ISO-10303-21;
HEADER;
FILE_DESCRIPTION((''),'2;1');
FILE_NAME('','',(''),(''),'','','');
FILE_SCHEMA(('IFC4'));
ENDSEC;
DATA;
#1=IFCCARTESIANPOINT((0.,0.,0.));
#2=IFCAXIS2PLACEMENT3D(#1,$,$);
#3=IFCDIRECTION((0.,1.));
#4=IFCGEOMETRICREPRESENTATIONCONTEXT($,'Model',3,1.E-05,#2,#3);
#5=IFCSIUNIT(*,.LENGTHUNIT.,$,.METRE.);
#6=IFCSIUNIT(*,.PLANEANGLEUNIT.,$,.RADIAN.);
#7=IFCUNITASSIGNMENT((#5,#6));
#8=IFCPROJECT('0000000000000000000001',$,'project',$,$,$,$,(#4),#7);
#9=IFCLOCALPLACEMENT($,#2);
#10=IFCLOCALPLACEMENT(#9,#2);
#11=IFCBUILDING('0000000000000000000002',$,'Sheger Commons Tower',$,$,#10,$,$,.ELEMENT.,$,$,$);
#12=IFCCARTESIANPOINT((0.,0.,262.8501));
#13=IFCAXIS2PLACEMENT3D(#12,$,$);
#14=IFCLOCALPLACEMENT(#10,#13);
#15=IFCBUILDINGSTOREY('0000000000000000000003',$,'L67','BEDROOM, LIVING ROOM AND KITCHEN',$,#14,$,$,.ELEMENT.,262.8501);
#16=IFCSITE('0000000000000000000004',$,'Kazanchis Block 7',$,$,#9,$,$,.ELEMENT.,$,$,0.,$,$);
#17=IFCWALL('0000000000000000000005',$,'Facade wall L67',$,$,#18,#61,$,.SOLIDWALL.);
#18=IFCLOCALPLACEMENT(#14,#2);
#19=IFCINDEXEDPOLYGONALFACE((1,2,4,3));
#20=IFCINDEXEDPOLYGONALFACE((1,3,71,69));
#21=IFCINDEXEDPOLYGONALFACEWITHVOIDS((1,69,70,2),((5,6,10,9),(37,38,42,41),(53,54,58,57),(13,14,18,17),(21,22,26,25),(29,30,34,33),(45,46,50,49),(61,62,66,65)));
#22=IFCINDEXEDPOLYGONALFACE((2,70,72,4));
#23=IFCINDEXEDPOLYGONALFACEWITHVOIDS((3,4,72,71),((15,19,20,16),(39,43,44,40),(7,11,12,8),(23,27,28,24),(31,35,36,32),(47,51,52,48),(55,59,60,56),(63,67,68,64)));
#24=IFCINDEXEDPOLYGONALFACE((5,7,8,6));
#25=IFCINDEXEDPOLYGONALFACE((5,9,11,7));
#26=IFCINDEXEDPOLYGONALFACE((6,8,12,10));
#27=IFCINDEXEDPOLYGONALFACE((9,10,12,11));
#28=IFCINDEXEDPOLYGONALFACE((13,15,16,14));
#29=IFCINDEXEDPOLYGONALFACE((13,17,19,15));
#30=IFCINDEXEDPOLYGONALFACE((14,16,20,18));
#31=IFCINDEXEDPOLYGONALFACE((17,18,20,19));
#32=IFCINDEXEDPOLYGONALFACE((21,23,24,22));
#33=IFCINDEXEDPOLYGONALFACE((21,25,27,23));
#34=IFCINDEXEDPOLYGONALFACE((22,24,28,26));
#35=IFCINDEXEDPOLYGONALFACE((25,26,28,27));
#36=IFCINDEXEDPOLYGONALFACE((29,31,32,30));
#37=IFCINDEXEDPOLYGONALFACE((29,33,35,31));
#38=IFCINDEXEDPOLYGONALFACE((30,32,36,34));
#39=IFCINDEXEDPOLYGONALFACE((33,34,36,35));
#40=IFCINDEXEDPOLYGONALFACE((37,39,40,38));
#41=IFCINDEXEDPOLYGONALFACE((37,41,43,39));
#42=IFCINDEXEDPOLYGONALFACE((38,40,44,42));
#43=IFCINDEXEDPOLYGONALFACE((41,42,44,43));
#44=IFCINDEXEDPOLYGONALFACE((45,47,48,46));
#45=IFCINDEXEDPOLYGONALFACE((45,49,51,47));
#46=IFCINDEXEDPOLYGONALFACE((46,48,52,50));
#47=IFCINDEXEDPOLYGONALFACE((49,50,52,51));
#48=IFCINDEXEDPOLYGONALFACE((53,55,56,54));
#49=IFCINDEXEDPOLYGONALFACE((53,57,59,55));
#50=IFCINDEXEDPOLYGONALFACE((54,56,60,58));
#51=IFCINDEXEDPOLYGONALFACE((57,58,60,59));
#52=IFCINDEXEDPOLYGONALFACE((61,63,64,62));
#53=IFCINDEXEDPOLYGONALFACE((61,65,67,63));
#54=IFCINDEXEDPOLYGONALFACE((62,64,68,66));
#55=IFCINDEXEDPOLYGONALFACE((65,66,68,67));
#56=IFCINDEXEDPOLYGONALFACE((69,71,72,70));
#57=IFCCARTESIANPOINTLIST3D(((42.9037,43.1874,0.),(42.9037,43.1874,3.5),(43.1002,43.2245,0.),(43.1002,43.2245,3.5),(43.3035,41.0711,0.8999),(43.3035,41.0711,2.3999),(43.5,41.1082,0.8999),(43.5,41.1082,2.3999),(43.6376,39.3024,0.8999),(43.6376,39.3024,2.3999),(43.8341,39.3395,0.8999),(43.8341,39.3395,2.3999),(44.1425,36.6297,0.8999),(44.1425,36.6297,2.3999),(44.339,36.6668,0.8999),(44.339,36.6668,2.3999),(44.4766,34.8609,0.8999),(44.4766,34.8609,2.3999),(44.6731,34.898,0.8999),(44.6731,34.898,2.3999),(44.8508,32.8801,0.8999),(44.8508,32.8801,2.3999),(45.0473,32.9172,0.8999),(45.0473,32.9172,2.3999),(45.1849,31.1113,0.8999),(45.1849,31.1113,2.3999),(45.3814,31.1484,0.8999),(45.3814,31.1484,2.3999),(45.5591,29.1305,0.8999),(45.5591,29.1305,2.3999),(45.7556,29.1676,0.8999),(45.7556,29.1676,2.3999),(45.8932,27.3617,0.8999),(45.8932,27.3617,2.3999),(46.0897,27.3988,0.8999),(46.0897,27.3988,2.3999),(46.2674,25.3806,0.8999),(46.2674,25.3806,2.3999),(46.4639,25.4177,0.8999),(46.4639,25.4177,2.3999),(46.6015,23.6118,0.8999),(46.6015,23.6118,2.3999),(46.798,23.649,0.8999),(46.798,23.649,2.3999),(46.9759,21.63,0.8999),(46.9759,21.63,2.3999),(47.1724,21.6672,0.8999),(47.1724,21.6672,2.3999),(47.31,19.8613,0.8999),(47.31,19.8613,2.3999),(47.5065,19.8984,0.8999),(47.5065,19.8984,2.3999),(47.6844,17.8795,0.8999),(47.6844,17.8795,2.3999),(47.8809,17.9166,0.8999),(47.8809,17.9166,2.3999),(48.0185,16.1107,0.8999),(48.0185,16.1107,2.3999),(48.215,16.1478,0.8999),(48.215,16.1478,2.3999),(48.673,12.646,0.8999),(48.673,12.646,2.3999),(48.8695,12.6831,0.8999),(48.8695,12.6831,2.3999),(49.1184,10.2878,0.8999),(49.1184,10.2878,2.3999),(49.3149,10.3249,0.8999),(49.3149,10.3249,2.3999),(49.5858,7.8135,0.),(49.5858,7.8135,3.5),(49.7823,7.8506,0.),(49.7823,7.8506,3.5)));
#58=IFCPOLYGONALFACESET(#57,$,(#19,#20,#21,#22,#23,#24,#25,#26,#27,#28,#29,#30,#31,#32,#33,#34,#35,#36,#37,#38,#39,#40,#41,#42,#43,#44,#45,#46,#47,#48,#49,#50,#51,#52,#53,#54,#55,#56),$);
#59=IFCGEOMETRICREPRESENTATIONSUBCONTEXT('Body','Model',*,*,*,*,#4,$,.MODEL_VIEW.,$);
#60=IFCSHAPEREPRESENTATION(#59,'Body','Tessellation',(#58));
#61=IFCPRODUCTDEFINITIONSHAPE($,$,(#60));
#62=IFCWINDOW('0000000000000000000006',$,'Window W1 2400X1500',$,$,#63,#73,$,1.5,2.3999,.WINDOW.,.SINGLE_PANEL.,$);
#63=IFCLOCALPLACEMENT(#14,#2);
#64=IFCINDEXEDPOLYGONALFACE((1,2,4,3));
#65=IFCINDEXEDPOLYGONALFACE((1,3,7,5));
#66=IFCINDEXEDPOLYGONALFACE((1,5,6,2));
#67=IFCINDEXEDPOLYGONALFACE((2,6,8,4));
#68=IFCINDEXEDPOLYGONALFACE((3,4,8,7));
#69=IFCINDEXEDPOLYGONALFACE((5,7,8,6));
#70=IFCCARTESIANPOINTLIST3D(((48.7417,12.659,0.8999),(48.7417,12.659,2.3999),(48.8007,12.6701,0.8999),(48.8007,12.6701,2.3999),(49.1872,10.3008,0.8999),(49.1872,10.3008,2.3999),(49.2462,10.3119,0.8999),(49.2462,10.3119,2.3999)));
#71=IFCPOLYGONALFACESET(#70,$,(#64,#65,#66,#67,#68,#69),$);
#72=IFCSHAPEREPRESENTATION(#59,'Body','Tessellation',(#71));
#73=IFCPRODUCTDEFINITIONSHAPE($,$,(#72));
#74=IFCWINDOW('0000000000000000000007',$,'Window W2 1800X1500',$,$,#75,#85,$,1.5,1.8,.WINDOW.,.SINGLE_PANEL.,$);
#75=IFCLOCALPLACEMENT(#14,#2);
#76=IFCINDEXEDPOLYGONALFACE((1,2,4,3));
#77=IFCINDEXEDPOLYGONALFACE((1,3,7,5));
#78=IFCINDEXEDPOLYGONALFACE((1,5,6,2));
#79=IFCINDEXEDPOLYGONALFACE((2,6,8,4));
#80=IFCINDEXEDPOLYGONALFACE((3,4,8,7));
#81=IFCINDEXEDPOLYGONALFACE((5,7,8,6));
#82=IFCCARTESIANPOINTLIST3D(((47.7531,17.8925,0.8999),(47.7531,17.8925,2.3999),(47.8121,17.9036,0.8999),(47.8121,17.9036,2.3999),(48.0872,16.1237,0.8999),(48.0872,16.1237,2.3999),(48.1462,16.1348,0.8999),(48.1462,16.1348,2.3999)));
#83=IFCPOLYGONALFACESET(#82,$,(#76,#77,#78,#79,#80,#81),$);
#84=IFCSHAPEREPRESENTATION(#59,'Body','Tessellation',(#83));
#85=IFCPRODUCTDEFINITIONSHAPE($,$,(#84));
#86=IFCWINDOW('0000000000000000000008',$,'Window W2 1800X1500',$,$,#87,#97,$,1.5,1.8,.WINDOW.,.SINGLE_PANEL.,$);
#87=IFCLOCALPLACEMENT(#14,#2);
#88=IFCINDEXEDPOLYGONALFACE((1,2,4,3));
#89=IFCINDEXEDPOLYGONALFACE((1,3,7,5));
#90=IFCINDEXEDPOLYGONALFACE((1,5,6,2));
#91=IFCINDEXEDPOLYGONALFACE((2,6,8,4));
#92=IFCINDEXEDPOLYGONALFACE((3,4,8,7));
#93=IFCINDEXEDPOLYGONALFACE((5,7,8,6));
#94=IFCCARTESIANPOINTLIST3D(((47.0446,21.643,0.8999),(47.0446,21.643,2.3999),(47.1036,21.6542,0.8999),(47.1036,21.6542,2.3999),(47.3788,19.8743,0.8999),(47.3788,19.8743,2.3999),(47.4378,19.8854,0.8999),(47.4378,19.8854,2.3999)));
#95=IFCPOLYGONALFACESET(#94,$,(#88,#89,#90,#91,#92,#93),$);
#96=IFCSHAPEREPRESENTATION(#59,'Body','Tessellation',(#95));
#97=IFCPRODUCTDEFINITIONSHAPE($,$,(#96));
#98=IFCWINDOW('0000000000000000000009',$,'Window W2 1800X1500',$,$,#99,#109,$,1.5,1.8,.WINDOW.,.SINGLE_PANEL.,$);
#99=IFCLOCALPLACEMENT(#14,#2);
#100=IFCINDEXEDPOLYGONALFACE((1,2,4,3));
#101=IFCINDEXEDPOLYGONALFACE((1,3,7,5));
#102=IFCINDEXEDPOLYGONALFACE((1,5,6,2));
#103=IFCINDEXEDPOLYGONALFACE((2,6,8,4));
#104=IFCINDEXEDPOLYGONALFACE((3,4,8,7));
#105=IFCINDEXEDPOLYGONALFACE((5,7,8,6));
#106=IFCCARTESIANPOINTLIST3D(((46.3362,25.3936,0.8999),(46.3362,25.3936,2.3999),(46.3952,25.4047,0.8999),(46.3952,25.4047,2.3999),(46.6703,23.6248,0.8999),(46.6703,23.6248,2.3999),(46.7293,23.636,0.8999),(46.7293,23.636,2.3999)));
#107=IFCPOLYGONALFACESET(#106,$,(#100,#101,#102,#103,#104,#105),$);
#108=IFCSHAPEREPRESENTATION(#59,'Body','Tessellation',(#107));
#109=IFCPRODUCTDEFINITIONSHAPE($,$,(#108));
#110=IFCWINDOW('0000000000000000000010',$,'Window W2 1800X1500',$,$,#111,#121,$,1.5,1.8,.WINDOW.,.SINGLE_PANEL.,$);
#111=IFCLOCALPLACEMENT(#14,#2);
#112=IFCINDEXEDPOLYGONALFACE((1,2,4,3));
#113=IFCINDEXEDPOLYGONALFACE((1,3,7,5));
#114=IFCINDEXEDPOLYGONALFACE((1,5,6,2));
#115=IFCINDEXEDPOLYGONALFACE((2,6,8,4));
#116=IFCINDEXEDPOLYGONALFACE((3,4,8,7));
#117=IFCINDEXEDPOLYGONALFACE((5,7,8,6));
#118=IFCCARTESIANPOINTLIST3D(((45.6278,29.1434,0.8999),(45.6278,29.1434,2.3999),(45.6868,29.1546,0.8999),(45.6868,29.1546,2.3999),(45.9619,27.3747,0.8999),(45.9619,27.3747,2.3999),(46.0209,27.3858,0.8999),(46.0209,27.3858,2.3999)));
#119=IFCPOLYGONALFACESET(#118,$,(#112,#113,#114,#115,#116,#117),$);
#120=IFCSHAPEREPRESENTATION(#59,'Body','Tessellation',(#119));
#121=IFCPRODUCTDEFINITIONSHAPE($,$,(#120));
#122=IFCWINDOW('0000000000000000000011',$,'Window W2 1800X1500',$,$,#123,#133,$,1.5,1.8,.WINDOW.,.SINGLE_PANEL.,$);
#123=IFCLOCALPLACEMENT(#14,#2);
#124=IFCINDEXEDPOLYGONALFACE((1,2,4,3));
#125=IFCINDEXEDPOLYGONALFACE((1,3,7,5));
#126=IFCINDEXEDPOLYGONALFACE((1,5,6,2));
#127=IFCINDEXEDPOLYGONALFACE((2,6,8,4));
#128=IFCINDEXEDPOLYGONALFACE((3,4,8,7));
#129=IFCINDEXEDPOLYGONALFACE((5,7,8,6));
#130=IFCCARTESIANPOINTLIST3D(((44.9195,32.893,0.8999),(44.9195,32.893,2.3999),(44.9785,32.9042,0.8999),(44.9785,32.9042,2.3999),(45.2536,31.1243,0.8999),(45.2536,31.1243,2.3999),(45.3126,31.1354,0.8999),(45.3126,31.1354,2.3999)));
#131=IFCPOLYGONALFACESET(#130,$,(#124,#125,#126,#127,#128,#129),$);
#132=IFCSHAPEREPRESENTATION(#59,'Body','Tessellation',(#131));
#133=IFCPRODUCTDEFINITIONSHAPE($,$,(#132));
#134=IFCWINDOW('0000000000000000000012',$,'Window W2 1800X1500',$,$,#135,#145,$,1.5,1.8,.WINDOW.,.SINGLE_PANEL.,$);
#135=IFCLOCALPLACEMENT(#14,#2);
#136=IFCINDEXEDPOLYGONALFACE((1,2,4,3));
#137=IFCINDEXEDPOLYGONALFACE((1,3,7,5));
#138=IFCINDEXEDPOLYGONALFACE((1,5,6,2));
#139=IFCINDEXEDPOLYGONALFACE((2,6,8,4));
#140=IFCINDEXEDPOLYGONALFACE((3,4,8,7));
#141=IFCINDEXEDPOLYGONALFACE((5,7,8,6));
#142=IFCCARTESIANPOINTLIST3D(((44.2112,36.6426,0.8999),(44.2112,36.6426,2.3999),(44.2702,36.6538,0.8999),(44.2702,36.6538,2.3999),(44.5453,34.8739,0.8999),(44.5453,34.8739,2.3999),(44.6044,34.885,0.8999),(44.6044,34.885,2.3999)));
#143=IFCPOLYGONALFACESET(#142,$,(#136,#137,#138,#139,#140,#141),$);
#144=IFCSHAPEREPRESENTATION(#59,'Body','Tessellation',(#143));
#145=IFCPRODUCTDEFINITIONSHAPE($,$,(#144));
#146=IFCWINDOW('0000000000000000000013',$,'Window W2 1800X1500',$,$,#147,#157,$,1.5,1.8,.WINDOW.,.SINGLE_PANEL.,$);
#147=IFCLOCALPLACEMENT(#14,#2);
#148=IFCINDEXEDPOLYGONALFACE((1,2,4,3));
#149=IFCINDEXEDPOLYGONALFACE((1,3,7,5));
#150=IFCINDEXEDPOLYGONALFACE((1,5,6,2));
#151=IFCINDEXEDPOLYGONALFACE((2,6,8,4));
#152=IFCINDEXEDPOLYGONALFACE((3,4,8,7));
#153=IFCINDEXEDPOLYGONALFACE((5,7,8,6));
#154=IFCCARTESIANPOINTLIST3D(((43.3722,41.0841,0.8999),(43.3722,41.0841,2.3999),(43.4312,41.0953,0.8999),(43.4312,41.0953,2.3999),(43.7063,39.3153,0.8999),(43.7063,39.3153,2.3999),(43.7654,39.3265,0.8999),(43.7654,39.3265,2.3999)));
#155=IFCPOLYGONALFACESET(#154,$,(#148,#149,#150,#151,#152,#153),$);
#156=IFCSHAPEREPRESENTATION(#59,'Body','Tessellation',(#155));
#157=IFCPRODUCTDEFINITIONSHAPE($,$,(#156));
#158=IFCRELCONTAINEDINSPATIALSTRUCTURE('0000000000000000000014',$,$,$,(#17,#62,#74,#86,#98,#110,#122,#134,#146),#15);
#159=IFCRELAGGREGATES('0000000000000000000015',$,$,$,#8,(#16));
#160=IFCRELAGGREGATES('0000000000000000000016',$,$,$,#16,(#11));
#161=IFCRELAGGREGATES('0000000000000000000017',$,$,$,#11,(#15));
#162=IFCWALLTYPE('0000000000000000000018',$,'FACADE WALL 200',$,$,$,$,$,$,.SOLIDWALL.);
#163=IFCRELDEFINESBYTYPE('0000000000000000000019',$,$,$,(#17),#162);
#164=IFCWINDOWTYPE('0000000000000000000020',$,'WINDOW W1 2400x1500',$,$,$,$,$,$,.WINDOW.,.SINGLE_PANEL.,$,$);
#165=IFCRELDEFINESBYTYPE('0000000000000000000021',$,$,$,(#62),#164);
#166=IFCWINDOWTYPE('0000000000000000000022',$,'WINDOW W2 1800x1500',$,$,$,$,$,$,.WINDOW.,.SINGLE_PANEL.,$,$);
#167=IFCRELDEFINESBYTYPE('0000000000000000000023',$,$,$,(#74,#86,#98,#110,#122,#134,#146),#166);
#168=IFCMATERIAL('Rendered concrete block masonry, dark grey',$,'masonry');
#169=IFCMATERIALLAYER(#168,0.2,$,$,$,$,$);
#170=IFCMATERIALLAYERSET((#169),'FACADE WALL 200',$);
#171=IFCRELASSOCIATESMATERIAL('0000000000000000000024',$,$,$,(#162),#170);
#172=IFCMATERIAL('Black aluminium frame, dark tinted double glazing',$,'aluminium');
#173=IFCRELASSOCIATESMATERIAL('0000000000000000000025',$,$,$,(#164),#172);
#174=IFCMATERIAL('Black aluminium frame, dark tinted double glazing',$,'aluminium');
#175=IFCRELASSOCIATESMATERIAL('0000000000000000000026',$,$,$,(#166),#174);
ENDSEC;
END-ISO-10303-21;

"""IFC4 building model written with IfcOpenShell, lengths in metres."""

from ifc_helpers import new_model, si_unit, direction, frame, frame_2d, origin, place, context, subcontext, project, spatial, rectangle, extrude, material, layer, layer_set, type_object, element, fill, save


model = new_model("IFC4")

# Units and contexts
model_context = context("Model", 3, precision=1e-05, world=origin(), true_north=direction((0.0, 1.0)))
body_context = subcontext(model_context, "Body", "Model", "MODEL_VIEW")
ifc_project = project(units=[si_unit("LENGTHUNIT", "METRE"), si_unit("PLANEANGLEUNIT", "RADIAN")], contexts=[model_context])

# Site, building, storey
site_placement = place(None, origin())
site = spatial("IfcSite", under=ifc_project, at=site_placement, Name="Kazanchis Block 7", CompositionType="ELEMENT", RefElevation=0.0)
building_placement = place(site_placement, origin())
building = spatial("IfcBuilding", under=site, at=building_placement, Name="Sheger Commons Tower", CompositionType="ELEMENT")
storey_placement = place(building_placement, frame((0.0, 0.0, 262.8501)))
storey = spatial("IfcBuildingStorey", under=building, at=storey_placement, Name="L67", Description="BEDROOM, LIVING ROOM AND KITCHEN", CompositionType="ELEMENT", Elevation=262.8501)

# Shared definitions
ifc_material_1 = material(Name="Rendered concrete block masonry, dark grey", Category="masonry")
ifc_layer_1 = layer(ifc_material_1, 0.2)
ifc_layer_set_1 = layer_set([ifc_layer_1], Name="FACADE WALL 200")
wall_type_1 = type_object("IfcWallType", Name="FACADE WALL 200", PredefinedType="SOLIDWALL", material=ifc_layer_set_1)

# Wall, openings, windows
wall_1_placement = place(storey_placement, frame((49.6841, 7.832, 0.0), z_axis=(0.0, 0.0, 1.0), x_axis=(-0.185617, 0.982622, 0.0)))
wall_1 = element("IfcWall", 1, at=wall_1_placement, inside=storey, type_object=wall_type_1, Name="Facade wall L67", PredefinedType="SOLIDWALL", context=body_context, shape_type="SweptSolid", body=[
    extrude(rectangle(XDim=35.9995, YDim=0.2, at=frame_2d((17.9998, 0.0))), origin(), (0.0, 0.0, 1.0), 3.5),
])
opening_1_placement = place(wall_1_placement, frame((2.5181, 0.0, 0.8999)))
opening_1 = element("IfcOpeningElement", 2, at=opening_1_placement, cuts=wall_1, PredefinedType="OPENING", context=body_context, shape_type="SweptSolid", body=[
    extrude(rectangle(XDim=2.3999, YDim=1.5, at=frame_2d((1.2, 0.75))), frame((0.0, 0.1099, 0.0), z_axis=(0.0, -1.0, 0.0), x_axis=(1.0, 0.0, 0.0)), (0.0, 0.0, 1.0), 0.22),
])
opening_2_placement = place(wall_1_placement, frame((8.4441, 0.0, 0.8999)))
opening_2 = element("IfcOpeningElement", 3, at=opening_2_placement, cuts=wall_1, PredefinedType="OPENING", context=body_context, shape_type="SweptSolid", body=[
    extrude(rectangle(XDim=1.8, YDim=1.5, at=frame_2d((0.8999, 0.75))), frame((0.0, 0.1099, 0.0), z_axis=(0.0, -1.0, 0.0), x_axis=(1.0, 0.0, 0.0)), (0.0, 0.0, 1.0), 0.22),
])
opening_3_placement = place(wall_1_placement, frame((12.261, 0.0, 0.8999)))
opening_3 = element("IfcOpeningElement", 4, at=opening_3_placement, cuts=wall_1, PredefinedType="OPENING", context=body_context, shape_type="SweptSolid", body=[
    extrude(rectangle(XDim=1.8, YDim=1.5, at=frame_2d((0.8999, 0.75))), frame((0.0, 0.1099, 0.0), z_axis=(0.0, -1.0, 0.0), x_axis=(1.0, 0.0, 0.0)), (0.0, 0.0, 1.0), 0.22),
])
opening_4_placement = place(wall_1_placement, frame((16.0779, 0.0, 0.8999)))
opening_4 = element("IfcOpeningElement", 5, at=opening_4_placement, cuts=wall_1, PredefinedType="OPENING", context=body_context, shape_type="SweptSolid", body=[
    extrude(rectangle(XDim=1.8, YDim=1.5, at=frame_2d((0.8999, 0.75))), frame((0.0, 0.1099, 0.0), z_axis=(0.0, -1.0, 0.0), x_axis=(1.0, 0.0, 0.0)), (0.0, 0.0, 1.0), 0.22),
])
opening_5_placement = place(wall_1_placement, frame((19.894, 0.0, 0.8999)))
opening_5 = element("IfcOpeningElement", 6, at=opening_5_placement, cuts=wall_1, PredefinedType="OPENING", context=body_context, shape_type="SweptSolid", body=[
    extrude(rectangle(XDim=1.8, YDim=1.5, at=frame_2d((0.8999, 0.75))), frame((0.0, 0.1099, 0.0), z_axis=(0.0, -1.0, 0.0), x_axis=(1.0, 0.0, 0.0)), (0.0, 0.0, 1.0), 0.22),
])
opening_6_placement = place(wall_1_placement, frame((23.71, 0.0, 0.8999)))
opening_6 = element("IfcOpeningElement", 7, at=opening_6_placement, cuts=wall_1, PredefinedType="OPENING", context=body_context, shape_type="SweptSolid", body=[
    extrude(rectangle(XDim=1.8, YDim=1.5, at=frame_2d((0.8999, 0.75))), frame((0.0, 0.1099, 0.0), z_axis=(0.0, -1.0, 0.0), x_axis=(1.0, 0.0, 0.0)), (0.0, 0.0, 1.0), 0.22),
])
opening_7_placement = place(wall_1_placement, frame((27.5259, 0.0, 0.8999)))
opening_7 = element("IfcOpeningElement", 8, at=opening_7_placement, cuts=wall_1, PredefinedType="OPENING", context=body_context, shape_type="SweptSolid", body=[
    extrude(rectangle(XDim=1.8, YDim=1.5, at=frame_2d((0.8999, 0.75))), frame((0.0, 0.1099, 0.0), z_axis=(0.0, -1.0, 0.0), x_axis=(1.0, 0.0, 0.0)), (0.0, 0.0, 1.0), 0.22),
])
opening_8_placement = place(wall_1_placement, frame((32.0459, 0.0, 0.8999)))
opening_8 = element("IfcOpeningElement", 9, at=opening_8_placement, cuts=wall_1, PredefinedType="OPENING", context=body_context, shape_type="SweptSolid", body=[
    extrude(rectangle(XDim=1.8, YDim=1.5, at=frame_2d((0.8999, 0.75))), frame((0.0, 0.1099, 0.0), z_axis=(0.0, -1.0, 0.0), x_axis=(1.0, 0.0, 0.0)), (0.0, 0.0, 1.0), 0.22),
])
ifc_material_2 = material(Name="Black aluminium frame, dark tinted double glazing", Category="aluminium")
window_type_1 = type_object("IfcWindowType", Name="WINDOW W1 2400x1500", PartitioningType="SINGLE_PANEL", PredefinedType="WINDOW", material=ifc_material_2)
window_1_placement = place(opening_1_placement, origin())
window_1 = element("IfcWindow", 10, at=window_1_placement, inside=storey, type_object=window_type_1, Name="Window W1 2400X1500", OverallHeight=1.5, OverallWidth=2.3999, PartitioningType="SINGLE_PANEL", PredefinedType="WINDOW", context=body_context, shape_type="SweptSolid", body=[
    extrude(rectangle(XDim=2.3999, YDim=1.5, at=frame_2d((1.2, 0.75))), frame((0.0, 0.03, 0.0), z_axis=(0.0, -1.0, 0.0), x_axis=(1.0, 0.0, 0.0)), (0.0, 0.0, 1.0), 0.0601),
])
fill(opening_1, window_1)
ifc_material_3 = material(Name="Black aluminium frame, dark tinted double glazing", Category="aluminium")
window_type_2 = type_object("IfcWindowType", Name="WINDOW W2 1800x1500", PartitioningType="SINGLE_PANEL", PredefinedType="WINDOW", material=ifc_material_3)
window_2_placement = place(opening_2_placement, origin())
window_2 = element("IfcWindow", 11, at=window_2_placement, inside=storey, type_object=window_type_2, Name="Window W2 1800X1500", OverallHeight=1.5, OverallWidth=1.8, PartitioningType="SINGLE_PANEL", PredefinedType="WINDOW", context=body_context, shape_type="SweptSolid", body=[
    extrude(rectangle(XDim=1.8, YDim=1.5, at=frame_2d((0.8999, 0.75))), frame((0.0, 0.03, 0.0), z_axis=(0.0, -1.0, 0.0), x_axis=(1.0, 0.0, 0.0)), (0.0, 0.0, 1.0), 0.0601),
])
fill(opening_2, window_2)
window_3_placement = place(opening_3_placement, origin())
window_3 = element("IfcWindow", 12, at=window_3_placement, inside=storey, type_object=window_type_2, Name="Window W2 1800X1500", OverallHeight=1.5, OverallWidth=1.8, PartitioningType="SINGLE_PANEL", PredefinedType="WINDOW", context=body_context, shape_type="SweptSolid", body=[
    extrude(rectangle(XDim=1.8, YDim=1.5, at=frame_2d((0.8999, 0.75))), frame((0.0, 0.03, 0.0), z_axis=(0.0, -1.0, 0.0), x_axis=(1.0, 0.0, 0.0)), (0.0, 0.0, 1.0), 0.0601),
])
fill(opening_3, window_3)
window_4_placement = place(opening_4_placement, origin())
window_4 = element("IfcWindow", 13, at=window_4_placement, inside=storey, type_object=window_type_2, Name="Window W2 1800X1500", OverallHeight=1.5, OverallWidth=1.8, PartitioningType="SINGLE_PANEL", PredefinedType="WINDOW", context=body_context, shape_type="SweptSolid", body=[
    extrude(rectangle(XDim=1.8, YDim=1.5, at=frame_2d((0.8999, 0.75))), frame((0.0, 0.03, 0.0), z_axis=(0.0, -1.0, 0.0), x_axis=(1.0, 0.0, 0.0)), (0.0, 0.0, 1.0), 0.0601),
])
fill(opening_4, window_4)
window_5_placement = place(opening_5_placement, origin())
window_5 = element("IfcWindow", 14, at=window_5_placement, inside=storey, type_object=window_type_2, Name="Window W2 1800X1500", OverallHeight=1.5, OverallWidth=1.8, PartitioningType="SINGLE_PANEL", PredefinedType="WINDOW", context=body_context, shape_type="SweptSolid", body=[
    extrude(rectangle(XDim=1.8, YDim=1.5, at=frame_2d((0.8999, 0.75))), frame((0.0, 0.03, 0.0), z_axis=(0.0, -1.0, 0.0), x_axis=(1.0, 0.0, 0.0)), (0.0, 0.0, 1.0), 0.0601),
])
fill(opening_5, window_5)
window_6_placement = place(opening_6_placement, origin())
window_6 = element("IfcWindow", 15, at=window_6_placement, inside=storey, type_object=window_type_2, Name="Window W2 1800X1500", OverallHeight=1.5, OverallWidth=1.8, PartitioningType="SINGLE_PANEL", PredefinedType="WINDOW", context=body_context, shape_type="SweptSolid", body=[
    extrude(rectangle(XDim=1.8, YDim=1.5, at=frame_2d((0.8999, 0.75))), frame((0.0, 0.03, 0.0), z_axis=(0.0, -1.0, 0.0), x_axis=(1.0, 0.0, 0.0)), (0.0, 0.0, 1.0), 0.0601),
])
fill(opening_6, window_6)
window_7_placement = place(opening_7_placement, origin())
window_7 = element("IfcWindow", 16, at=window_7_placement, inside=storey, type_object=window_type_2, Name="Window W2 1800X1500", OverallHeight=1.5, OverallWidth=1.8, PartitioningType="SINGLE_PANEL", PredefinedType="WINDOW", context=body_context, shape_type="SweptSolid", body=[
    extrude(rectangle(XDim=1.8, YDim=1.5, at=frame_2d((0.8999, 0.75))), frame((0.0, 0.03, 0.0), z_axis=(0.0, -1.0, 0.0), x_axis=(1.0, 0.0, 0.0)), (0.0, 0.0, 1.0), 0.0601),
])
fill(opening_7, window_7)
window_8_placement = place(opening_8_placement, origin())
window_8 = element("IfcWindow", 17, at=window_8_placement, inside=storey, type_object=window_type_2, Name="Window W2 1800X1500", OverallHeight=1.5, OverallWidth=1.8, PartitioningType="SINGLE_PANEL", PredefinedType="WINDOW", context=body_context, shape_type="SweptSolid", body=[
    extrude(rectangle(XDim=1.8, YDim=1.5, at=frame_2d((0.8999, 0.75))), frame((0.0, 0.03, 0.0), z_axis=(0.0, -1.0, 0.0), x_axis=(1.0, 0.0, 0.0)), (0.0, 0.0, 1.0), 0.0601),
])
fill(opening_8, window_8)

save(model, "model.ifc")
